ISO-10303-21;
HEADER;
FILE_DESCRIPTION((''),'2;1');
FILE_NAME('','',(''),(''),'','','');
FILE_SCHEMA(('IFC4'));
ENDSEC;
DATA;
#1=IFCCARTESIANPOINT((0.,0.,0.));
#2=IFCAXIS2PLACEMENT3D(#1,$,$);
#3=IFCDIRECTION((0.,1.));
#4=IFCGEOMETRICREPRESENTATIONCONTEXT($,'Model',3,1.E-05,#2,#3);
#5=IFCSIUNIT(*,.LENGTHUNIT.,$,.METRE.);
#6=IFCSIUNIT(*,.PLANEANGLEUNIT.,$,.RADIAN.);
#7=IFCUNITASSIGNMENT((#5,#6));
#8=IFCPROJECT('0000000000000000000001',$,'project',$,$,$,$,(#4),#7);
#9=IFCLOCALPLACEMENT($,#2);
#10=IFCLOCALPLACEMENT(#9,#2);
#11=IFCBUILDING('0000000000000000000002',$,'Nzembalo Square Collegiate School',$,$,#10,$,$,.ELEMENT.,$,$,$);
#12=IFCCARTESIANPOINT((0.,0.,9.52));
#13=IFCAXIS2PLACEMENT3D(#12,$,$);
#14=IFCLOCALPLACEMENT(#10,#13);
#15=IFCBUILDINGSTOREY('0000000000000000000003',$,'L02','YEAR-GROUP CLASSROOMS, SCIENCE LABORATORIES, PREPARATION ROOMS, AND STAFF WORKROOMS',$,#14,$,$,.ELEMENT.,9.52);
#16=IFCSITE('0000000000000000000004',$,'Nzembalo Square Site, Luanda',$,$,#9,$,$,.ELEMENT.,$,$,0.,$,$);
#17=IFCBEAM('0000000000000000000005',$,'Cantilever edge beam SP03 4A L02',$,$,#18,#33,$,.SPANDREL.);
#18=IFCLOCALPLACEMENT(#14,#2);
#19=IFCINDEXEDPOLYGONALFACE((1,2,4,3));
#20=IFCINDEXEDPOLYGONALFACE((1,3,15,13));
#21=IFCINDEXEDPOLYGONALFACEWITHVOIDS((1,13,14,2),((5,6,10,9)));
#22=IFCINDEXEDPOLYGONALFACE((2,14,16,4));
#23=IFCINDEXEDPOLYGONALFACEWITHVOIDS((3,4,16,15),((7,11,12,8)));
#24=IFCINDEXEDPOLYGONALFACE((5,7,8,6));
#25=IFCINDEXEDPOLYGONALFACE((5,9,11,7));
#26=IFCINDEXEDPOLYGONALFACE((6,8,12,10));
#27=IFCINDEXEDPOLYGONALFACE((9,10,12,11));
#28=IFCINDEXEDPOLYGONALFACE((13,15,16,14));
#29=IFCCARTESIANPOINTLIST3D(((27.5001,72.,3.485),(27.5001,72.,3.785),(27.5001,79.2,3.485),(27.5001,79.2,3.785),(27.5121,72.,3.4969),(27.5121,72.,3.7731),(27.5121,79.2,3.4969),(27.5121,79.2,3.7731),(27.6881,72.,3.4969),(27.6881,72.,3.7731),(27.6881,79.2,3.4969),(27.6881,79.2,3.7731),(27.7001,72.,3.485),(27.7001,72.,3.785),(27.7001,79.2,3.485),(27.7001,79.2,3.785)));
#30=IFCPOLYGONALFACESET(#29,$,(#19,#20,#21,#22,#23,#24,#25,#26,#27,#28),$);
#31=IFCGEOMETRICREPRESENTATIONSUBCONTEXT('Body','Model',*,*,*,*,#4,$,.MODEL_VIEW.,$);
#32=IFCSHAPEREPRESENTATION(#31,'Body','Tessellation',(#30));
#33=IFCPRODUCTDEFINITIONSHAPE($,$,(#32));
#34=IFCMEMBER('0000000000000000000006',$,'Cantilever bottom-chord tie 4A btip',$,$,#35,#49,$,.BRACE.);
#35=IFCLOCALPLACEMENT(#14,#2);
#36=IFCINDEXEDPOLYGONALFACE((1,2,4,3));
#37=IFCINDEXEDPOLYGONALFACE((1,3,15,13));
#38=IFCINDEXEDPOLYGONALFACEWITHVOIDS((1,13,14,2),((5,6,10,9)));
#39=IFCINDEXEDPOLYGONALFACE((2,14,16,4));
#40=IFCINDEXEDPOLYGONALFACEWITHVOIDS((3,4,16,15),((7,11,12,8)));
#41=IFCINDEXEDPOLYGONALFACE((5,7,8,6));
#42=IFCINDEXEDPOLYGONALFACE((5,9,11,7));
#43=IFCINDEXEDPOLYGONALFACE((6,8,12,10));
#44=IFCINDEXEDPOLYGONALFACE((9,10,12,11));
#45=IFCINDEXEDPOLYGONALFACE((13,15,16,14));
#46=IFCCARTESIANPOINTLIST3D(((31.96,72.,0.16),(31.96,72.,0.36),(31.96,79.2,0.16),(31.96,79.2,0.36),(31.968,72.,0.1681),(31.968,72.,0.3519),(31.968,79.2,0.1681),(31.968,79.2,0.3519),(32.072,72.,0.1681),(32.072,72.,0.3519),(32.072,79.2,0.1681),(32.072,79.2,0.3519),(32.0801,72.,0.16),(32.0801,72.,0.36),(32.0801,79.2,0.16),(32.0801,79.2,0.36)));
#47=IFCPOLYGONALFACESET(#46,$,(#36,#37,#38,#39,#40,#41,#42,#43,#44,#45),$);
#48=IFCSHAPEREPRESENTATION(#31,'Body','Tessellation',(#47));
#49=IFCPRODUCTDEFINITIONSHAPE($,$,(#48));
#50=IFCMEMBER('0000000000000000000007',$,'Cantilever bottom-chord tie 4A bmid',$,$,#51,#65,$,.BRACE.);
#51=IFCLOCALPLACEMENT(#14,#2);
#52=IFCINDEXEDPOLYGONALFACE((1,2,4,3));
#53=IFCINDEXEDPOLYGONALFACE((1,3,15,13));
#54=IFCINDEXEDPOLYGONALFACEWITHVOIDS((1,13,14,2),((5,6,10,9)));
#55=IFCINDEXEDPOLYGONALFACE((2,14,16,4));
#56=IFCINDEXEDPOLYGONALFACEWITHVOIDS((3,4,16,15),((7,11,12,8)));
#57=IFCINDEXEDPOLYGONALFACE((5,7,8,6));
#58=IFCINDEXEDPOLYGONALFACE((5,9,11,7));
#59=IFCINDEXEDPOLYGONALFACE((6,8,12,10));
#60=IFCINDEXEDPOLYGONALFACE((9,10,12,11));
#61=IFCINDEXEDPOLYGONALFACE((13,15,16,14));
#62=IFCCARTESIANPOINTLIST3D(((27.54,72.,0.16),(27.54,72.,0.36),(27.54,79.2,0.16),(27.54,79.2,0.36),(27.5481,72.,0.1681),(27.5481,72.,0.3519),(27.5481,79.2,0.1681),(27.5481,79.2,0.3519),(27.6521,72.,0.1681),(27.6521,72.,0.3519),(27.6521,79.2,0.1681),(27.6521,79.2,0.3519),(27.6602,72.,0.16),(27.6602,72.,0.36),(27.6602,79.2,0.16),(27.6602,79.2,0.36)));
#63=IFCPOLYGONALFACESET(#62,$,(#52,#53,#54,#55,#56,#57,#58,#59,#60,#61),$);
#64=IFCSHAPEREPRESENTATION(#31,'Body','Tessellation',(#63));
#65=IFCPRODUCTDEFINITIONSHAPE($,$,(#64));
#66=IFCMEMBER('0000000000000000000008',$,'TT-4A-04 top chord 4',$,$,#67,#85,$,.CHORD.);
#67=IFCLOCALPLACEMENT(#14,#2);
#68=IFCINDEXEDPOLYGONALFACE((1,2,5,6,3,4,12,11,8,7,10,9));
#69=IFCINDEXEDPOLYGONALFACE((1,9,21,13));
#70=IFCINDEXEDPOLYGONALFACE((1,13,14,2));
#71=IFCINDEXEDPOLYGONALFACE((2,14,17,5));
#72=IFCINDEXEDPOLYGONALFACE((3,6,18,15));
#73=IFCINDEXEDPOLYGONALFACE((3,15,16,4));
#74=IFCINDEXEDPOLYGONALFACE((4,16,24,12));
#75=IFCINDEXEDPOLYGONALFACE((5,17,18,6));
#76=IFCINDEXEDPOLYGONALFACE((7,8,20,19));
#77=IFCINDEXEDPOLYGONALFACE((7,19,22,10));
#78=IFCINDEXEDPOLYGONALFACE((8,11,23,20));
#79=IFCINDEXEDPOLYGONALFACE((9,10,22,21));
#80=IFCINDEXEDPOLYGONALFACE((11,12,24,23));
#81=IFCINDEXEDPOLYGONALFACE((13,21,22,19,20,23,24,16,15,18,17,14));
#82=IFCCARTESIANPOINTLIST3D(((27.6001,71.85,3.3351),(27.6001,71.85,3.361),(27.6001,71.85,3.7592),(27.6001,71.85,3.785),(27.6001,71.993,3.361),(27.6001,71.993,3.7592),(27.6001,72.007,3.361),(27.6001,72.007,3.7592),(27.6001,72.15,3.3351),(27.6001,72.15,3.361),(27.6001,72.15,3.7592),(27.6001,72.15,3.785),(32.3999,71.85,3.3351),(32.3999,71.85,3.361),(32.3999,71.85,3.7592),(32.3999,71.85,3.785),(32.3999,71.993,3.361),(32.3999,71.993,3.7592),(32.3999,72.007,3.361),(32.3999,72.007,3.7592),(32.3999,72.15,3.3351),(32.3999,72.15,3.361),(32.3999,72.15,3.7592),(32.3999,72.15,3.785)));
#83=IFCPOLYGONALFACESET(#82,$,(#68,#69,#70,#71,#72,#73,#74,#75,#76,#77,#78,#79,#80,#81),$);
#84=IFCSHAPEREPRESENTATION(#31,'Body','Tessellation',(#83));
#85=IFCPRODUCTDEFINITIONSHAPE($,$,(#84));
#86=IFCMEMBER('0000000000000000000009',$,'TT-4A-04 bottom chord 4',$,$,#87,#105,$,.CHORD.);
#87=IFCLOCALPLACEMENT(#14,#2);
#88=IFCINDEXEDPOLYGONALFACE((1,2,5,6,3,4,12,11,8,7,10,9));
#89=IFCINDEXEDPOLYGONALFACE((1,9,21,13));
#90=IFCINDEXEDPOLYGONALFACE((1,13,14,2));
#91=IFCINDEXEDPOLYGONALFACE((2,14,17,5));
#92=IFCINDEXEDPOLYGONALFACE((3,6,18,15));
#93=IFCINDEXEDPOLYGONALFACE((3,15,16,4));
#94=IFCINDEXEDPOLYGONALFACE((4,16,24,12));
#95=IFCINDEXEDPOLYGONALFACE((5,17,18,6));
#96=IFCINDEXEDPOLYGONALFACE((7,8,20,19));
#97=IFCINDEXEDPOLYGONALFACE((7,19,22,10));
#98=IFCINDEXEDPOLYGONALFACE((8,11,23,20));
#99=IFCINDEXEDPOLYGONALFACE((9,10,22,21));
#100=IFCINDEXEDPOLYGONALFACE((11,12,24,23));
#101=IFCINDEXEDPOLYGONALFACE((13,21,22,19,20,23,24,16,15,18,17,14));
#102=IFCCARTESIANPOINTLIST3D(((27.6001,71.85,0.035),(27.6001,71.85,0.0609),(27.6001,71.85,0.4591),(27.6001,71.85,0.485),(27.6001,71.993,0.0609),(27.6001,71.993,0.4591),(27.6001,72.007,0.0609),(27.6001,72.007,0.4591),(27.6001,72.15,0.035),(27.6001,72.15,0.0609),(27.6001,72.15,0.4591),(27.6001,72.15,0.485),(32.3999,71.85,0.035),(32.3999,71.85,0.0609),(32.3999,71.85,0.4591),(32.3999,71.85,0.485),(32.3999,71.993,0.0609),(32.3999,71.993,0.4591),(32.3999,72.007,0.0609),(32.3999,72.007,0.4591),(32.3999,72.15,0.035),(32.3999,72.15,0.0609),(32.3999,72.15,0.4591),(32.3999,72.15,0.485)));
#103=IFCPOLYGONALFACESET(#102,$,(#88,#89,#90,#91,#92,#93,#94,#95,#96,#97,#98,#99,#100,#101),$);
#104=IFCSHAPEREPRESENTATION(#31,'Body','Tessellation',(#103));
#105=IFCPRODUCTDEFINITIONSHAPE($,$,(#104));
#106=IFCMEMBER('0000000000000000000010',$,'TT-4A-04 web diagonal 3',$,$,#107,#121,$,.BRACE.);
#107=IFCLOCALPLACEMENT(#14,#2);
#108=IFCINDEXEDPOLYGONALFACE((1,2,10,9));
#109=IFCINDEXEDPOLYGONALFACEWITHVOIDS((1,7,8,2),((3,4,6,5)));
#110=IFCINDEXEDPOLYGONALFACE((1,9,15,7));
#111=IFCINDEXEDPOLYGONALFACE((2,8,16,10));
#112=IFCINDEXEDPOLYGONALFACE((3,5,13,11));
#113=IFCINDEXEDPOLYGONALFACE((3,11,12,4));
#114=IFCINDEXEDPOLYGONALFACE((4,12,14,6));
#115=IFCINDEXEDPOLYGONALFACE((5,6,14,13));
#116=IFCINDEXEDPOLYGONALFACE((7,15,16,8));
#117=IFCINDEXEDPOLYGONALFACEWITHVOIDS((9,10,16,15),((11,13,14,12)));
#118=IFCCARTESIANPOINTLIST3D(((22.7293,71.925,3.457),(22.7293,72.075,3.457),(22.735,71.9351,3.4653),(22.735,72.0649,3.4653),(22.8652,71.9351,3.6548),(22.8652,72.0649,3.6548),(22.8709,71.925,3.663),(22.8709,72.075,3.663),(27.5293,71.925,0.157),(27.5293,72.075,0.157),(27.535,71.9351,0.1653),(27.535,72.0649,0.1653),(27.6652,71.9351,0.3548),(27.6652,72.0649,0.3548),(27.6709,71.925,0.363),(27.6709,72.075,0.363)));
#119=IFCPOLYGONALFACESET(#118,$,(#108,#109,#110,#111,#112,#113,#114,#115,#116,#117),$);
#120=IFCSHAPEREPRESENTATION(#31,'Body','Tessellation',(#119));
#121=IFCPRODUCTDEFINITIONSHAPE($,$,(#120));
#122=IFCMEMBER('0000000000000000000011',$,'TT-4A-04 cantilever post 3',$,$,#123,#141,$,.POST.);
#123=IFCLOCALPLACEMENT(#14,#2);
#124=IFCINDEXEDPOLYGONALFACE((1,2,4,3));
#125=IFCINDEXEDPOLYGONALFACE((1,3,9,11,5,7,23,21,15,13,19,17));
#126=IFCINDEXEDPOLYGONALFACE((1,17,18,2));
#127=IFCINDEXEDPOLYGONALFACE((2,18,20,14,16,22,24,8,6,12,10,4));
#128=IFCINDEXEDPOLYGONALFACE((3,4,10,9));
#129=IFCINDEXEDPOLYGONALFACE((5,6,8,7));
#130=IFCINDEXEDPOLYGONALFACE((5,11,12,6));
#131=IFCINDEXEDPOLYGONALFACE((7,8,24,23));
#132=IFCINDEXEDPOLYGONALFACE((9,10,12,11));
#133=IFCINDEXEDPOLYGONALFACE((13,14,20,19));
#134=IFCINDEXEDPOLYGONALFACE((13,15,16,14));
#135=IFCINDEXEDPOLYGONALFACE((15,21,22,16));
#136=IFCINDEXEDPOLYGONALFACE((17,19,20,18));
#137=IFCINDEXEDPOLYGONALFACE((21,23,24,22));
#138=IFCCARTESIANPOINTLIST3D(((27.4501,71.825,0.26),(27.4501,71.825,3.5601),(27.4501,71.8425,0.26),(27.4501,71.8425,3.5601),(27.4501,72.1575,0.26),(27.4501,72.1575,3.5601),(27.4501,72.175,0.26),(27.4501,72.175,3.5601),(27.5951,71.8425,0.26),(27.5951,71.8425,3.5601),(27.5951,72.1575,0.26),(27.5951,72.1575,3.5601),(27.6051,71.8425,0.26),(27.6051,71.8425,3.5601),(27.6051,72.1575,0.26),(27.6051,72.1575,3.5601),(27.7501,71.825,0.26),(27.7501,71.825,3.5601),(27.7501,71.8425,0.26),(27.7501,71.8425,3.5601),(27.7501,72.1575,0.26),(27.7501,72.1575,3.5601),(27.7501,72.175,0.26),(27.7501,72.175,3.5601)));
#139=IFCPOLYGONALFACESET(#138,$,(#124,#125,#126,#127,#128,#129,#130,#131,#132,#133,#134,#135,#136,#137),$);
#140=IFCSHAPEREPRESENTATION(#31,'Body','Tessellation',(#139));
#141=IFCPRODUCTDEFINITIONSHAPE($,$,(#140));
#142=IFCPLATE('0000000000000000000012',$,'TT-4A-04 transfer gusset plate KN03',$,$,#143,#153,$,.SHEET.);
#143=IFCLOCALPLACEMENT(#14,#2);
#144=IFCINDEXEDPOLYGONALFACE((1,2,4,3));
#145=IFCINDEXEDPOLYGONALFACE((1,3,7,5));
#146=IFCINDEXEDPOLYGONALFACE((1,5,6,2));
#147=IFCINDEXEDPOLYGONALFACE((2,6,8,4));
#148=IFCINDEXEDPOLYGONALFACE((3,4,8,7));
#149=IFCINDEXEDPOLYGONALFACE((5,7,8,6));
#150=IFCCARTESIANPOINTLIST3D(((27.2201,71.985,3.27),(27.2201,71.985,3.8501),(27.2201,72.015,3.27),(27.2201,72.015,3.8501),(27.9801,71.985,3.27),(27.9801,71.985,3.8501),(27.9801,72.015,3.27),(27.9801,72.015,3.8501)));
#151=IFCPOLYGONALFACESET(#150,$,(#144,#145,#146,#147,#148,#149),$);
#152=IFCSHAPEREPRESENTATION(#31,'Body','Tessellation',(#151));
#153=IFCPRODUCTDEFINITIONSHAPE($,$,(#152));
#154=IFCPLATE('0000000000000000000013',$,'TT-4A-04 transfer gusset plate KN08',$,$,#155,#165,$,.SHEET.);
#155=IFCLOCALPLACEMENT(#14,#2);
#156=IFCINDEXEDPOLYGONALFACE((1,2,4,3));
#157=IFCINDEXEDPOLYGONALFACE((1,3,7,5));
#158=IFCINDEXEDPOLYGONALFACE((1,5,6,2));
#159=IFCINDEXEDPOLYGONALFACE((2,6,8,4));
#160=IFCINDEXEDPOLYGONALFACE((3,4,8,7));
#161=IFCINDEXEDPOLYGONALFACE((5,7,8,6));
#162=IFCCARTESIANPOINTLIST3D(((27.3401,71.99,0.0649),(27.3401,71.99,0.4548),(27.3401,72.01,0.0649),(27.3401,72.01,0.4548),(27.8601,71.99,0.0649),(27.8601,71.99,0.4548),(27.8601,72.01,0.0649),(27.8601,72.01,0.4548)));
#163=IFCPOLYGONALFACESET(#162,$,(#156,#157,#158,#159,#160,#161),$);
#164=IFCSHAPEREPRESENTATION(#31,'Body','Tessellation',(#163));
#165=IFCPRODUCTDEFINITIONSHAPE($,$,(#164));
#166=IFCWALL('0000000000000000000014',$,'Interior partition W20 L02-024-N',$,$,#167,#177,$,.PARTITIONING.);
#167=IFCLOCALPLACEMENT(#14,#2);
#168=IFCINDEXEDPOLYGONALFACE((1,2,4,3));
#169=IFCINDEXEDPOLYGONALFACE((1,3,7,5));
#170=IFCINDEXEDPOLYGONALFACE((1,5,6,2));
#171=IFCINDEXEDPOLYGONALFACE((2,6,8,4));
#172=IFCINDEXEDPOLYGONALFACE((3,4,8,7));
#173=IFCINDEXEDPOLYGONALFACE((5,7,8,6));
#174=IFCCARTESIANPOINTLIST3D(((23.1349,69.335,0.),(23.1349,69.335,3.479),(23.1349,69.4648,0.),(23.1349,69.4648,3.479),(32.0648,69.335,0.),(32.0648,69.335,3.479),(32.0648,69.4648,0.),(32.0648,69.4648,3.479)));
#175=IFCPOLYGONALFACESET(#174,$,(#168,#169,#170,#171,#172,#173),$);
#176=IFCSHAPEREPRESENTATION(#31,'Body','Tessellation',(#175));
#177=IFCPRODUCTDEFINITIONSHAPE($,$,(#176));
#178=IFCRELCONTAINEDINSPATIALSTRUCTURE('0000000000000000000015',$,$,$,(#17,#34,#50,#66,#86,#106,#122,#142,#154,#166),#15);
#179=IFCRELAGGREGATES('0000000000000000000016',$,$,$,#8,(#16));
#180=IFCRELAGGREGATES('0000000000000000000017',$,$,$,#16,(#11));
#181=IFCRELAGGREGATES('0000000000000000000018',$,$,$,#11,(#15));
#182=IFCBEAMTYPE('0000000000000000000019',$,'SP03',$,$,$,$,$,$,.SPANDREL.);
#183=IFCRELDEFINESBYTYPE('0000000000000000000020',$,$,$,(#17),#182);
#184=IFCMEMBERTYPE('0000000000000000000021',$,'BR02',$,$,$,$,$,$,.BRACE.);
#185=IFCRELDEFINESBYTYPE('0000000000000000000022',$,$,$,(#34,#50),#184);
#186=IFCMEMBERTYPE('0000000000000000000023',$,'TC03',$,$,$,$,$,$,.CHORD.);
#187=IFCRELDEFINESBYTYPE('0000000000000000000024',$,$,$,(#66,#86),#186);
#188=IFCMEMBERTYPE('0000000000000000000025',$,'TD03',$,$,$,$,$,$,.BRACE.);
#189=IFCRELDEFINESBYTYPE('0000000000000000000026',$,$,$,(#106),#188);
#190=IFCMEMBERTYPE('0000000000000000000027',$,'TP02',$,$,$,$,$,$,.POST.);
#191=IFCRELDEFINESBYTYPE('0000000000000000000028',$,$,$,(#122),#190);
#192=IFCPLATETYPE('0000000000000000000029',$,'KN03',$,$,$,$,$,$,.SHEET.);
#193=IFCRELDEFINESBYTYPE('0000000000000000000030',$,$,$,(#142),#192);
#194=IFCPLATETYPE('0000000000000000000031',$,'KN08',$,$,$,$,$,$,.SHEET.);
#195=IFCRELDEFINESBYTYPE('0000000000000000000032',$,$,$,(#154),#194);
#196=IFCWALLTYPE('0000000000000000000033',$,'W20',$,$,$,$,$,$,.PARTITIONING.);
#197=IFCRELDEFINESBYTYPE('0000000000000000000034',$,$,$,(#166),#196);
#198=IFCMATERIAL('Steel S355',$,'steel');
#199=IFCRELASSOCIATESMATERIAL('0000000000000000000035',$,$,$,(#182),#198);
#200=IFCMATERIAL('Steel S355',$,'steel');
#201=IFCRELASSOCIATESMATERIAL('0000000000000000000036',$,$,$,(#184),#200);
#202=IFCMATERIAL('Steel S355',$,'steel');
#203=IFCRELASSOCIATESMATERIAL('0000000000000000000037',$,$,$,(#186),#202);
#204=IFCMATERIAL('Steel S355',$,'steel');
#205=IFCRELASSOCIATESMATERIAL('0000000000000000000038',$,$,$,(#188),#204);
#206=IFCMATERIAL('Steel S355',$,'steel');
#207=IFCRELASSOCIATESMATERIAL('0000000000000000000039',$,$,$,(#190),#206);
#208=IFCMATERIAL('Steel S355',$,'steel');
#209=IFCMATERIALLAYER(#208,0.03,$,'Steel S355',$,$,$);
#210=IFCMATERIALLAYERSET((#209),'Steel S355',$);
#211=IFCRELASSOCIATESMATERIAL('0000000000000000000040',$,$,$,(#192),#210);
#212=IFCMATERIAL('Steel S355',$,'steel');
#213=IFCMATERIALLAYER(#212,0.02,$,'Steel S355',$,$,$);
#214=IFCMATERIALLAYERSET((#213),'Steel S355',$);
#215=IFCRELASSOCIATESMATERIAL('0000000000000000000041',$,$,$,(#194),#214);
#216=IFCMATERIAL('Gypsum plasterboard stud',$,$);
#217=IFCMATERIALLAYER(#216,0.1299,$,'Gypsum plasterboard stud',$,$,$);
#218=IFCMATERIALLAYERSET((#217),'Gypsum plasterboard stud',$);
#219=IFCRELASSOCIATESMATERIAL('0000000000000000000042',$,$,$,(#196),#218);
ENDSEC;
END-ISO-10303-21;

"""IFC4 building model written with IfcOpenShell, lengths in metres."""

from ifc_helpers import new_model, si_unit, direction, frame, frame_2d, origin, origin_2d, place, context, subcontext, project, spatial, rectangle, hollow_rectangle, i_section, extrude, material, layer, layer_set, material_profile, profile_set, type_object, element, save


model = new_model("IFC4")

# Units and contexts
model_context = context("Model", 3, precision=1e-05, world=origin(), true_north=direction((0.0, 1.0)))
body_context = subcontext(model_context, "Body", "Model", "MODEL_VIEW")
ifc_project = project(units=[si_unit("LENGTHUNIT", "METRE"), si_unit("PLANEANGLEUNIT", "RADIAN")], contexts=[model_context])

# Site, building, storey
site_placement = place(None, origin())
site = spatial("IfcSite", under=ifc_project, at=site_placement, Name="Nzembalo Square Site, Luanda", CompositionType="ELEMENT", RefElevation=0.0)
building_placement = place(site_placement, origin())
building = spatial("IfcBuilding", under=site, at=building_placement, Name="Nzembalo Square Collegiate School", CompositionType="ELEMENT")
storey_placement = place(building_placement, frame((0.0, 0.0, 9.52)))
storey = spatial("IfcBuildingStorey", under=building, at=storey_placement, Name="L02", Description="YEAR-GROUP CLASSROOMS, SCIENCE LABORATORIES, PREPARATION ROOMS, AND STAFF WORKROOMS", CompositionType="ELEMENT", Elevation=9.52)

# Beam
ifc_material_1 = material(Name="Steel S355", Category="steel")
ifc_material_profile_1 = material_profile(ifc_material_1, hollow_rectangle(XDim=0.2, YDim=0.3, WallThickness=0.012, at=origin_2d()), Name="RHS 300x200x12")
ifc_profile_set_1 = profile_set([ifc_material_profile_1], Name="Steel S355")
beam_type = type_object("IfcBeamType", Name="SP03", PredefinedType="SPANDREL", material=ifc_profile_set_1)
beam_placement = place(storey_placement, frame((27.6001, 72.0, 3.635), z_axis=(0.0, 1.0, 0.0), x_axis=(-1.0, 0.0, 0.0)))
element("IfcBeam", 1, at=beam_placement, inside=storey, type_object=beam_type, Name="Cantilever edge beam SP03 4A L02", PredefinedType="SPANDREL", context=body_context, shape_type="SweptSolid", body=[
    extrude(hollow_rectangle(XDim=0.2, YDim=0.3, WallThickness=0.012, at=origin_2d()), origin(), (0.0, 0.0, 1.0), 7.2),
])

# Members
ifc_material_2 = material(Name="Steel S355", Category="steel")
ifc_material_profile_2 = material_profile(ifc_material_2, hollow_rectangle(XDim=0.1201, YDim=0.2, WallThickness=0.0081, at=origin_2d()), Name="RHS 200x120x8")
ifc_profile_set_2 = profile_set([ifc_material_profile_2], Name="Steel S355")
member_type_1 = type_object("IfcMemberType", Name="BR02", PredefinedType="BRACE", material=ifc_profile_set_2)
for number, where, z_axis, x_axis, name in (
    (2, (32.02, 72.0, 0.26), (0.0, 1.0, 0.0), (-1.0, 0.0, 0.0), "Cantilever bottom-chord tie 4A btip"),
    (3, (27.6001, 72.0, 0.26), (0.0, 1.0, 0.0), (-1.0, 0.0, 0.0), "Cantilever bottom-chord tie 4A bmid"),
):
    element("IfcMember", number, at=place(storey_placement, frame(where, z_axis=z_axis, x_axis=x_axis)), inside=storey, type_object=member_type_1, Name=name, PredefinedType="BRACE", context=body_context, shape_type="SweptSolid", body=[
        extrude(hollow_rectangle(XDim=0.1201, YDim=0.2, WallThickness=0.0081, at=origin_2d()), origin(), (0.0, 0.0, 1.0), 7.2),
    ])
ifc_material_3 = material(Name="Steel S355", Category="steel")
ifc_material_profile_3 = material_profile(ifc_material_3, i_section(OverallWidth=0.3, OverallDepth=0.45, WebThickness=0.0139, FlangeThickness=0.0259, at=origin_2d()), Name="HEB 450")
ifc_profile_set_3 = profile_set([ifc_material_profile_3], Name="Steel S355")
member_type_2 = type_object("IfcMemberType", Name="TC03", PredefinedType="CHORD", material=ifc_profile_set_3)
for number, where, z_axis, x_axis, name in (
    (4, (27.6001, 72.0, 3.5601), (1.0, 0.0, 0.0), (0.0, 1.0, 0.0), "TT-4A-04 top chord 4"),
    (5, (27.6001, 72.0, 0.26), (1.0, 0.0, 0.0), (0.0, 1.0, 0.0), "TT-4A-04 bottom chord 4"),
):
    element("IfcMember", number, at=place(storey_placement, frame(where, z_axis=z_axis, x_axis=x_axis)), inside=storey, type_object=member_type_2, Name=name, PredefinedType="CHORD", context=body_context, shape_type="SweptSolid", body=[
        extrude(i_section(OverallWidth=0.3, OverallDepth=0.45, WebThickness=0.0139, FlangeThickness=0.0259, at=origin_2d()), origin(), (0.0, 0.0, 1.0), 4.7998),
    ])
ifc_material_4 = material(Name="Steel S355", Category="steel")
ifc_material_profile_4 = material_profile(ifc_material_4, hollow_rectangle(XDim=0.1499, YDim=0.25, WallThickness=0.01, at=origin_2d()), Name="RHS 250x150x10")
ifc_profile_set_4 = profile_set([ifc_material_profile_4], Name="Steel S355")
member_type_3 = type_object("IfcMemberType", Name="TD03", PredefinedType="BRACE", material=ifc_profile_set_4)
member_1_placement = place(storey_placement, frame((27.6001, 72.0, 0.26), z_axis=(-0.824041, 0.0, 0.566531), x_axis=(0.0, -1.0, 0.0)))
element("IfcMember", 6, at=member_1_placement, inside=storey, type_object=member_type_3, Name="TT-4A-04 web diagonal 3", PredefinedType="BRACE", context=body_context, shape_type="SweptSolid", body=[
    extrude(hollow_rectangle(XDim=0.1499, YDim=0.25, WallThickness=0.01, at=origin_2d()), origin(), (0.0, 0.0, 1.0), 5.825),
])
ifc_material_5 = material(Name="Steel S355", Category="steel")
ifc_material_profile_5 = material_profile(ifc_material_5, i_section(OverallWidth=0.3, OverallDepth=0.3501, WebThickness=0.01, FlangeThickness=0.0176, at=origin_2d()), Name="HEA 360")
ifc_profile_set_5 = profile_set([ifc_material_profile_5], Name="Steel S355")
member_type_4 = type_object("IfcMemberType", Name="TP02", PredefinedType="POST", material=ifc_profile_set_5)
member_2_placement = place(storey_placement, frame((27.6001, 72.0, 0.26), z_axis=(0.0, 0.0, 1.0), x_axis=(1.0, 0.0, 0.0)))
element("IfcMember", 7, at=member_2_placement, inside=storey, type_object=member_type_4, Name="TT-4A-04 cantilever post 3", PredefinedType="POST", context=body_context, shape_type="SweptSolid", body=[
    extrude(i_section(OverallWidth=0.3, OverallDepth=0.3501, WebThickness=0.01, FlangeThickness=0.0176, at=origin_2d()), origin(), (0.0, 0.0, 1.0), 3.3),
])

# Plates
ifc_material_6 = material(Name="Steel S355", Category="steel")
ifc_layer_1 = layer(ifc_material_6, 0.03, Name="Steel S355")
ifc_layer_set_1 = layer_set([ifc_layer_1], Name="Steel S355")
plate_type_1 = type_object("IfcPlateType", Name="KN03", PredefinedType="SHEET", material=ifc_layer_set_1)
plate_1_placement = place(storey_placement, frame((27.6001, 72.0, 3.27), z_axis=(0.0, 0.0, 1.0), x_axis=(1.0, 0.0, 0.0)))
element("IfcPlate", 8, at=plate_1_placement, inside=storey, type_object=plate_type_1, Name="TT-4A-04 transfer gusset plate KN03", PredefinedType="SHEET", context=body_context, shape_type="SweptSolid", body=[
    extrude(rectangle(XDim=0.76, YDim=0.03, at=origin_2d()), origin(), (0.0, 0.0, 1.0), 0.5801),
])
ifc_material_7 = material(Name="Steel S355", Category="steel")
ifc_layer_2 = layer(ifc_material_7, 0.02, Name="Steel S355")
ifc_layer_set_2 = layer_set([ifc_layer_2], Name="Steel S355")
plate_type_2 = type_object("IfcPlateType", Name="KN08", PredefinedType="SHEET", material=ifc_layer_set_2)
plate_2_placement = place(storey_placement, frame((27.6001, 72.0, 0.0649), z_axis=(0.0, 0.0, 1.0), x_axis=(1.0, 0.0, 0.0)))
element("IfcPlate", 9, at=plate_2_placement, inside=storey, type_object=plate_type_2, Name="TT-4A-04 transfer gusset plate KN08", PredefinedType="SHEET", context=body_context, shape_type="SweptSolid", body=[
    extrude(rectangle(XDim=0.52, YDim=0.02, at=origin_2d()), origin(), (0.0, 0.0, 1.0), 0.3899),
])

# Wall
ifc_material_8 = material(Name="Gypsum plasterboard stud")
ifc_layer_3 = layer(ifc_material_8, 0.1299, Name="Gypsum plasterboard stud")
ifc_layer_set_3 = layer_set([ifc_layer_3], Name="Gypsum plasterboard stud")
wall_type_1 = type_object("IfcWallType", Name="W20", PredefinedType="PARTITIONING", material=ifc_layer_set_3)
wall_1_placement = place(storey_placement, frame((23.135, 69.3999, 0.0), z_axis=(0.0, 0.0, 1.0), x_axis=(1.0, 0.0, 0.0)))
element("IfcWall", 10, at=wall_1_placement, inside=storey, type_object=wall_type_1, Name="Interior partition W20 L02-024-N", PredefinedType="PARTITIONING", context=body_context, shape_type="SweptSolid", body=[
    extrude(rectangle(XDim=8.9299, YDim=0.1299, at=frame_2d((4.4648, 0.0))), origin(), (0.0, 0.0, 1.0), 3.479),
])

save(model, "model.ifc")
